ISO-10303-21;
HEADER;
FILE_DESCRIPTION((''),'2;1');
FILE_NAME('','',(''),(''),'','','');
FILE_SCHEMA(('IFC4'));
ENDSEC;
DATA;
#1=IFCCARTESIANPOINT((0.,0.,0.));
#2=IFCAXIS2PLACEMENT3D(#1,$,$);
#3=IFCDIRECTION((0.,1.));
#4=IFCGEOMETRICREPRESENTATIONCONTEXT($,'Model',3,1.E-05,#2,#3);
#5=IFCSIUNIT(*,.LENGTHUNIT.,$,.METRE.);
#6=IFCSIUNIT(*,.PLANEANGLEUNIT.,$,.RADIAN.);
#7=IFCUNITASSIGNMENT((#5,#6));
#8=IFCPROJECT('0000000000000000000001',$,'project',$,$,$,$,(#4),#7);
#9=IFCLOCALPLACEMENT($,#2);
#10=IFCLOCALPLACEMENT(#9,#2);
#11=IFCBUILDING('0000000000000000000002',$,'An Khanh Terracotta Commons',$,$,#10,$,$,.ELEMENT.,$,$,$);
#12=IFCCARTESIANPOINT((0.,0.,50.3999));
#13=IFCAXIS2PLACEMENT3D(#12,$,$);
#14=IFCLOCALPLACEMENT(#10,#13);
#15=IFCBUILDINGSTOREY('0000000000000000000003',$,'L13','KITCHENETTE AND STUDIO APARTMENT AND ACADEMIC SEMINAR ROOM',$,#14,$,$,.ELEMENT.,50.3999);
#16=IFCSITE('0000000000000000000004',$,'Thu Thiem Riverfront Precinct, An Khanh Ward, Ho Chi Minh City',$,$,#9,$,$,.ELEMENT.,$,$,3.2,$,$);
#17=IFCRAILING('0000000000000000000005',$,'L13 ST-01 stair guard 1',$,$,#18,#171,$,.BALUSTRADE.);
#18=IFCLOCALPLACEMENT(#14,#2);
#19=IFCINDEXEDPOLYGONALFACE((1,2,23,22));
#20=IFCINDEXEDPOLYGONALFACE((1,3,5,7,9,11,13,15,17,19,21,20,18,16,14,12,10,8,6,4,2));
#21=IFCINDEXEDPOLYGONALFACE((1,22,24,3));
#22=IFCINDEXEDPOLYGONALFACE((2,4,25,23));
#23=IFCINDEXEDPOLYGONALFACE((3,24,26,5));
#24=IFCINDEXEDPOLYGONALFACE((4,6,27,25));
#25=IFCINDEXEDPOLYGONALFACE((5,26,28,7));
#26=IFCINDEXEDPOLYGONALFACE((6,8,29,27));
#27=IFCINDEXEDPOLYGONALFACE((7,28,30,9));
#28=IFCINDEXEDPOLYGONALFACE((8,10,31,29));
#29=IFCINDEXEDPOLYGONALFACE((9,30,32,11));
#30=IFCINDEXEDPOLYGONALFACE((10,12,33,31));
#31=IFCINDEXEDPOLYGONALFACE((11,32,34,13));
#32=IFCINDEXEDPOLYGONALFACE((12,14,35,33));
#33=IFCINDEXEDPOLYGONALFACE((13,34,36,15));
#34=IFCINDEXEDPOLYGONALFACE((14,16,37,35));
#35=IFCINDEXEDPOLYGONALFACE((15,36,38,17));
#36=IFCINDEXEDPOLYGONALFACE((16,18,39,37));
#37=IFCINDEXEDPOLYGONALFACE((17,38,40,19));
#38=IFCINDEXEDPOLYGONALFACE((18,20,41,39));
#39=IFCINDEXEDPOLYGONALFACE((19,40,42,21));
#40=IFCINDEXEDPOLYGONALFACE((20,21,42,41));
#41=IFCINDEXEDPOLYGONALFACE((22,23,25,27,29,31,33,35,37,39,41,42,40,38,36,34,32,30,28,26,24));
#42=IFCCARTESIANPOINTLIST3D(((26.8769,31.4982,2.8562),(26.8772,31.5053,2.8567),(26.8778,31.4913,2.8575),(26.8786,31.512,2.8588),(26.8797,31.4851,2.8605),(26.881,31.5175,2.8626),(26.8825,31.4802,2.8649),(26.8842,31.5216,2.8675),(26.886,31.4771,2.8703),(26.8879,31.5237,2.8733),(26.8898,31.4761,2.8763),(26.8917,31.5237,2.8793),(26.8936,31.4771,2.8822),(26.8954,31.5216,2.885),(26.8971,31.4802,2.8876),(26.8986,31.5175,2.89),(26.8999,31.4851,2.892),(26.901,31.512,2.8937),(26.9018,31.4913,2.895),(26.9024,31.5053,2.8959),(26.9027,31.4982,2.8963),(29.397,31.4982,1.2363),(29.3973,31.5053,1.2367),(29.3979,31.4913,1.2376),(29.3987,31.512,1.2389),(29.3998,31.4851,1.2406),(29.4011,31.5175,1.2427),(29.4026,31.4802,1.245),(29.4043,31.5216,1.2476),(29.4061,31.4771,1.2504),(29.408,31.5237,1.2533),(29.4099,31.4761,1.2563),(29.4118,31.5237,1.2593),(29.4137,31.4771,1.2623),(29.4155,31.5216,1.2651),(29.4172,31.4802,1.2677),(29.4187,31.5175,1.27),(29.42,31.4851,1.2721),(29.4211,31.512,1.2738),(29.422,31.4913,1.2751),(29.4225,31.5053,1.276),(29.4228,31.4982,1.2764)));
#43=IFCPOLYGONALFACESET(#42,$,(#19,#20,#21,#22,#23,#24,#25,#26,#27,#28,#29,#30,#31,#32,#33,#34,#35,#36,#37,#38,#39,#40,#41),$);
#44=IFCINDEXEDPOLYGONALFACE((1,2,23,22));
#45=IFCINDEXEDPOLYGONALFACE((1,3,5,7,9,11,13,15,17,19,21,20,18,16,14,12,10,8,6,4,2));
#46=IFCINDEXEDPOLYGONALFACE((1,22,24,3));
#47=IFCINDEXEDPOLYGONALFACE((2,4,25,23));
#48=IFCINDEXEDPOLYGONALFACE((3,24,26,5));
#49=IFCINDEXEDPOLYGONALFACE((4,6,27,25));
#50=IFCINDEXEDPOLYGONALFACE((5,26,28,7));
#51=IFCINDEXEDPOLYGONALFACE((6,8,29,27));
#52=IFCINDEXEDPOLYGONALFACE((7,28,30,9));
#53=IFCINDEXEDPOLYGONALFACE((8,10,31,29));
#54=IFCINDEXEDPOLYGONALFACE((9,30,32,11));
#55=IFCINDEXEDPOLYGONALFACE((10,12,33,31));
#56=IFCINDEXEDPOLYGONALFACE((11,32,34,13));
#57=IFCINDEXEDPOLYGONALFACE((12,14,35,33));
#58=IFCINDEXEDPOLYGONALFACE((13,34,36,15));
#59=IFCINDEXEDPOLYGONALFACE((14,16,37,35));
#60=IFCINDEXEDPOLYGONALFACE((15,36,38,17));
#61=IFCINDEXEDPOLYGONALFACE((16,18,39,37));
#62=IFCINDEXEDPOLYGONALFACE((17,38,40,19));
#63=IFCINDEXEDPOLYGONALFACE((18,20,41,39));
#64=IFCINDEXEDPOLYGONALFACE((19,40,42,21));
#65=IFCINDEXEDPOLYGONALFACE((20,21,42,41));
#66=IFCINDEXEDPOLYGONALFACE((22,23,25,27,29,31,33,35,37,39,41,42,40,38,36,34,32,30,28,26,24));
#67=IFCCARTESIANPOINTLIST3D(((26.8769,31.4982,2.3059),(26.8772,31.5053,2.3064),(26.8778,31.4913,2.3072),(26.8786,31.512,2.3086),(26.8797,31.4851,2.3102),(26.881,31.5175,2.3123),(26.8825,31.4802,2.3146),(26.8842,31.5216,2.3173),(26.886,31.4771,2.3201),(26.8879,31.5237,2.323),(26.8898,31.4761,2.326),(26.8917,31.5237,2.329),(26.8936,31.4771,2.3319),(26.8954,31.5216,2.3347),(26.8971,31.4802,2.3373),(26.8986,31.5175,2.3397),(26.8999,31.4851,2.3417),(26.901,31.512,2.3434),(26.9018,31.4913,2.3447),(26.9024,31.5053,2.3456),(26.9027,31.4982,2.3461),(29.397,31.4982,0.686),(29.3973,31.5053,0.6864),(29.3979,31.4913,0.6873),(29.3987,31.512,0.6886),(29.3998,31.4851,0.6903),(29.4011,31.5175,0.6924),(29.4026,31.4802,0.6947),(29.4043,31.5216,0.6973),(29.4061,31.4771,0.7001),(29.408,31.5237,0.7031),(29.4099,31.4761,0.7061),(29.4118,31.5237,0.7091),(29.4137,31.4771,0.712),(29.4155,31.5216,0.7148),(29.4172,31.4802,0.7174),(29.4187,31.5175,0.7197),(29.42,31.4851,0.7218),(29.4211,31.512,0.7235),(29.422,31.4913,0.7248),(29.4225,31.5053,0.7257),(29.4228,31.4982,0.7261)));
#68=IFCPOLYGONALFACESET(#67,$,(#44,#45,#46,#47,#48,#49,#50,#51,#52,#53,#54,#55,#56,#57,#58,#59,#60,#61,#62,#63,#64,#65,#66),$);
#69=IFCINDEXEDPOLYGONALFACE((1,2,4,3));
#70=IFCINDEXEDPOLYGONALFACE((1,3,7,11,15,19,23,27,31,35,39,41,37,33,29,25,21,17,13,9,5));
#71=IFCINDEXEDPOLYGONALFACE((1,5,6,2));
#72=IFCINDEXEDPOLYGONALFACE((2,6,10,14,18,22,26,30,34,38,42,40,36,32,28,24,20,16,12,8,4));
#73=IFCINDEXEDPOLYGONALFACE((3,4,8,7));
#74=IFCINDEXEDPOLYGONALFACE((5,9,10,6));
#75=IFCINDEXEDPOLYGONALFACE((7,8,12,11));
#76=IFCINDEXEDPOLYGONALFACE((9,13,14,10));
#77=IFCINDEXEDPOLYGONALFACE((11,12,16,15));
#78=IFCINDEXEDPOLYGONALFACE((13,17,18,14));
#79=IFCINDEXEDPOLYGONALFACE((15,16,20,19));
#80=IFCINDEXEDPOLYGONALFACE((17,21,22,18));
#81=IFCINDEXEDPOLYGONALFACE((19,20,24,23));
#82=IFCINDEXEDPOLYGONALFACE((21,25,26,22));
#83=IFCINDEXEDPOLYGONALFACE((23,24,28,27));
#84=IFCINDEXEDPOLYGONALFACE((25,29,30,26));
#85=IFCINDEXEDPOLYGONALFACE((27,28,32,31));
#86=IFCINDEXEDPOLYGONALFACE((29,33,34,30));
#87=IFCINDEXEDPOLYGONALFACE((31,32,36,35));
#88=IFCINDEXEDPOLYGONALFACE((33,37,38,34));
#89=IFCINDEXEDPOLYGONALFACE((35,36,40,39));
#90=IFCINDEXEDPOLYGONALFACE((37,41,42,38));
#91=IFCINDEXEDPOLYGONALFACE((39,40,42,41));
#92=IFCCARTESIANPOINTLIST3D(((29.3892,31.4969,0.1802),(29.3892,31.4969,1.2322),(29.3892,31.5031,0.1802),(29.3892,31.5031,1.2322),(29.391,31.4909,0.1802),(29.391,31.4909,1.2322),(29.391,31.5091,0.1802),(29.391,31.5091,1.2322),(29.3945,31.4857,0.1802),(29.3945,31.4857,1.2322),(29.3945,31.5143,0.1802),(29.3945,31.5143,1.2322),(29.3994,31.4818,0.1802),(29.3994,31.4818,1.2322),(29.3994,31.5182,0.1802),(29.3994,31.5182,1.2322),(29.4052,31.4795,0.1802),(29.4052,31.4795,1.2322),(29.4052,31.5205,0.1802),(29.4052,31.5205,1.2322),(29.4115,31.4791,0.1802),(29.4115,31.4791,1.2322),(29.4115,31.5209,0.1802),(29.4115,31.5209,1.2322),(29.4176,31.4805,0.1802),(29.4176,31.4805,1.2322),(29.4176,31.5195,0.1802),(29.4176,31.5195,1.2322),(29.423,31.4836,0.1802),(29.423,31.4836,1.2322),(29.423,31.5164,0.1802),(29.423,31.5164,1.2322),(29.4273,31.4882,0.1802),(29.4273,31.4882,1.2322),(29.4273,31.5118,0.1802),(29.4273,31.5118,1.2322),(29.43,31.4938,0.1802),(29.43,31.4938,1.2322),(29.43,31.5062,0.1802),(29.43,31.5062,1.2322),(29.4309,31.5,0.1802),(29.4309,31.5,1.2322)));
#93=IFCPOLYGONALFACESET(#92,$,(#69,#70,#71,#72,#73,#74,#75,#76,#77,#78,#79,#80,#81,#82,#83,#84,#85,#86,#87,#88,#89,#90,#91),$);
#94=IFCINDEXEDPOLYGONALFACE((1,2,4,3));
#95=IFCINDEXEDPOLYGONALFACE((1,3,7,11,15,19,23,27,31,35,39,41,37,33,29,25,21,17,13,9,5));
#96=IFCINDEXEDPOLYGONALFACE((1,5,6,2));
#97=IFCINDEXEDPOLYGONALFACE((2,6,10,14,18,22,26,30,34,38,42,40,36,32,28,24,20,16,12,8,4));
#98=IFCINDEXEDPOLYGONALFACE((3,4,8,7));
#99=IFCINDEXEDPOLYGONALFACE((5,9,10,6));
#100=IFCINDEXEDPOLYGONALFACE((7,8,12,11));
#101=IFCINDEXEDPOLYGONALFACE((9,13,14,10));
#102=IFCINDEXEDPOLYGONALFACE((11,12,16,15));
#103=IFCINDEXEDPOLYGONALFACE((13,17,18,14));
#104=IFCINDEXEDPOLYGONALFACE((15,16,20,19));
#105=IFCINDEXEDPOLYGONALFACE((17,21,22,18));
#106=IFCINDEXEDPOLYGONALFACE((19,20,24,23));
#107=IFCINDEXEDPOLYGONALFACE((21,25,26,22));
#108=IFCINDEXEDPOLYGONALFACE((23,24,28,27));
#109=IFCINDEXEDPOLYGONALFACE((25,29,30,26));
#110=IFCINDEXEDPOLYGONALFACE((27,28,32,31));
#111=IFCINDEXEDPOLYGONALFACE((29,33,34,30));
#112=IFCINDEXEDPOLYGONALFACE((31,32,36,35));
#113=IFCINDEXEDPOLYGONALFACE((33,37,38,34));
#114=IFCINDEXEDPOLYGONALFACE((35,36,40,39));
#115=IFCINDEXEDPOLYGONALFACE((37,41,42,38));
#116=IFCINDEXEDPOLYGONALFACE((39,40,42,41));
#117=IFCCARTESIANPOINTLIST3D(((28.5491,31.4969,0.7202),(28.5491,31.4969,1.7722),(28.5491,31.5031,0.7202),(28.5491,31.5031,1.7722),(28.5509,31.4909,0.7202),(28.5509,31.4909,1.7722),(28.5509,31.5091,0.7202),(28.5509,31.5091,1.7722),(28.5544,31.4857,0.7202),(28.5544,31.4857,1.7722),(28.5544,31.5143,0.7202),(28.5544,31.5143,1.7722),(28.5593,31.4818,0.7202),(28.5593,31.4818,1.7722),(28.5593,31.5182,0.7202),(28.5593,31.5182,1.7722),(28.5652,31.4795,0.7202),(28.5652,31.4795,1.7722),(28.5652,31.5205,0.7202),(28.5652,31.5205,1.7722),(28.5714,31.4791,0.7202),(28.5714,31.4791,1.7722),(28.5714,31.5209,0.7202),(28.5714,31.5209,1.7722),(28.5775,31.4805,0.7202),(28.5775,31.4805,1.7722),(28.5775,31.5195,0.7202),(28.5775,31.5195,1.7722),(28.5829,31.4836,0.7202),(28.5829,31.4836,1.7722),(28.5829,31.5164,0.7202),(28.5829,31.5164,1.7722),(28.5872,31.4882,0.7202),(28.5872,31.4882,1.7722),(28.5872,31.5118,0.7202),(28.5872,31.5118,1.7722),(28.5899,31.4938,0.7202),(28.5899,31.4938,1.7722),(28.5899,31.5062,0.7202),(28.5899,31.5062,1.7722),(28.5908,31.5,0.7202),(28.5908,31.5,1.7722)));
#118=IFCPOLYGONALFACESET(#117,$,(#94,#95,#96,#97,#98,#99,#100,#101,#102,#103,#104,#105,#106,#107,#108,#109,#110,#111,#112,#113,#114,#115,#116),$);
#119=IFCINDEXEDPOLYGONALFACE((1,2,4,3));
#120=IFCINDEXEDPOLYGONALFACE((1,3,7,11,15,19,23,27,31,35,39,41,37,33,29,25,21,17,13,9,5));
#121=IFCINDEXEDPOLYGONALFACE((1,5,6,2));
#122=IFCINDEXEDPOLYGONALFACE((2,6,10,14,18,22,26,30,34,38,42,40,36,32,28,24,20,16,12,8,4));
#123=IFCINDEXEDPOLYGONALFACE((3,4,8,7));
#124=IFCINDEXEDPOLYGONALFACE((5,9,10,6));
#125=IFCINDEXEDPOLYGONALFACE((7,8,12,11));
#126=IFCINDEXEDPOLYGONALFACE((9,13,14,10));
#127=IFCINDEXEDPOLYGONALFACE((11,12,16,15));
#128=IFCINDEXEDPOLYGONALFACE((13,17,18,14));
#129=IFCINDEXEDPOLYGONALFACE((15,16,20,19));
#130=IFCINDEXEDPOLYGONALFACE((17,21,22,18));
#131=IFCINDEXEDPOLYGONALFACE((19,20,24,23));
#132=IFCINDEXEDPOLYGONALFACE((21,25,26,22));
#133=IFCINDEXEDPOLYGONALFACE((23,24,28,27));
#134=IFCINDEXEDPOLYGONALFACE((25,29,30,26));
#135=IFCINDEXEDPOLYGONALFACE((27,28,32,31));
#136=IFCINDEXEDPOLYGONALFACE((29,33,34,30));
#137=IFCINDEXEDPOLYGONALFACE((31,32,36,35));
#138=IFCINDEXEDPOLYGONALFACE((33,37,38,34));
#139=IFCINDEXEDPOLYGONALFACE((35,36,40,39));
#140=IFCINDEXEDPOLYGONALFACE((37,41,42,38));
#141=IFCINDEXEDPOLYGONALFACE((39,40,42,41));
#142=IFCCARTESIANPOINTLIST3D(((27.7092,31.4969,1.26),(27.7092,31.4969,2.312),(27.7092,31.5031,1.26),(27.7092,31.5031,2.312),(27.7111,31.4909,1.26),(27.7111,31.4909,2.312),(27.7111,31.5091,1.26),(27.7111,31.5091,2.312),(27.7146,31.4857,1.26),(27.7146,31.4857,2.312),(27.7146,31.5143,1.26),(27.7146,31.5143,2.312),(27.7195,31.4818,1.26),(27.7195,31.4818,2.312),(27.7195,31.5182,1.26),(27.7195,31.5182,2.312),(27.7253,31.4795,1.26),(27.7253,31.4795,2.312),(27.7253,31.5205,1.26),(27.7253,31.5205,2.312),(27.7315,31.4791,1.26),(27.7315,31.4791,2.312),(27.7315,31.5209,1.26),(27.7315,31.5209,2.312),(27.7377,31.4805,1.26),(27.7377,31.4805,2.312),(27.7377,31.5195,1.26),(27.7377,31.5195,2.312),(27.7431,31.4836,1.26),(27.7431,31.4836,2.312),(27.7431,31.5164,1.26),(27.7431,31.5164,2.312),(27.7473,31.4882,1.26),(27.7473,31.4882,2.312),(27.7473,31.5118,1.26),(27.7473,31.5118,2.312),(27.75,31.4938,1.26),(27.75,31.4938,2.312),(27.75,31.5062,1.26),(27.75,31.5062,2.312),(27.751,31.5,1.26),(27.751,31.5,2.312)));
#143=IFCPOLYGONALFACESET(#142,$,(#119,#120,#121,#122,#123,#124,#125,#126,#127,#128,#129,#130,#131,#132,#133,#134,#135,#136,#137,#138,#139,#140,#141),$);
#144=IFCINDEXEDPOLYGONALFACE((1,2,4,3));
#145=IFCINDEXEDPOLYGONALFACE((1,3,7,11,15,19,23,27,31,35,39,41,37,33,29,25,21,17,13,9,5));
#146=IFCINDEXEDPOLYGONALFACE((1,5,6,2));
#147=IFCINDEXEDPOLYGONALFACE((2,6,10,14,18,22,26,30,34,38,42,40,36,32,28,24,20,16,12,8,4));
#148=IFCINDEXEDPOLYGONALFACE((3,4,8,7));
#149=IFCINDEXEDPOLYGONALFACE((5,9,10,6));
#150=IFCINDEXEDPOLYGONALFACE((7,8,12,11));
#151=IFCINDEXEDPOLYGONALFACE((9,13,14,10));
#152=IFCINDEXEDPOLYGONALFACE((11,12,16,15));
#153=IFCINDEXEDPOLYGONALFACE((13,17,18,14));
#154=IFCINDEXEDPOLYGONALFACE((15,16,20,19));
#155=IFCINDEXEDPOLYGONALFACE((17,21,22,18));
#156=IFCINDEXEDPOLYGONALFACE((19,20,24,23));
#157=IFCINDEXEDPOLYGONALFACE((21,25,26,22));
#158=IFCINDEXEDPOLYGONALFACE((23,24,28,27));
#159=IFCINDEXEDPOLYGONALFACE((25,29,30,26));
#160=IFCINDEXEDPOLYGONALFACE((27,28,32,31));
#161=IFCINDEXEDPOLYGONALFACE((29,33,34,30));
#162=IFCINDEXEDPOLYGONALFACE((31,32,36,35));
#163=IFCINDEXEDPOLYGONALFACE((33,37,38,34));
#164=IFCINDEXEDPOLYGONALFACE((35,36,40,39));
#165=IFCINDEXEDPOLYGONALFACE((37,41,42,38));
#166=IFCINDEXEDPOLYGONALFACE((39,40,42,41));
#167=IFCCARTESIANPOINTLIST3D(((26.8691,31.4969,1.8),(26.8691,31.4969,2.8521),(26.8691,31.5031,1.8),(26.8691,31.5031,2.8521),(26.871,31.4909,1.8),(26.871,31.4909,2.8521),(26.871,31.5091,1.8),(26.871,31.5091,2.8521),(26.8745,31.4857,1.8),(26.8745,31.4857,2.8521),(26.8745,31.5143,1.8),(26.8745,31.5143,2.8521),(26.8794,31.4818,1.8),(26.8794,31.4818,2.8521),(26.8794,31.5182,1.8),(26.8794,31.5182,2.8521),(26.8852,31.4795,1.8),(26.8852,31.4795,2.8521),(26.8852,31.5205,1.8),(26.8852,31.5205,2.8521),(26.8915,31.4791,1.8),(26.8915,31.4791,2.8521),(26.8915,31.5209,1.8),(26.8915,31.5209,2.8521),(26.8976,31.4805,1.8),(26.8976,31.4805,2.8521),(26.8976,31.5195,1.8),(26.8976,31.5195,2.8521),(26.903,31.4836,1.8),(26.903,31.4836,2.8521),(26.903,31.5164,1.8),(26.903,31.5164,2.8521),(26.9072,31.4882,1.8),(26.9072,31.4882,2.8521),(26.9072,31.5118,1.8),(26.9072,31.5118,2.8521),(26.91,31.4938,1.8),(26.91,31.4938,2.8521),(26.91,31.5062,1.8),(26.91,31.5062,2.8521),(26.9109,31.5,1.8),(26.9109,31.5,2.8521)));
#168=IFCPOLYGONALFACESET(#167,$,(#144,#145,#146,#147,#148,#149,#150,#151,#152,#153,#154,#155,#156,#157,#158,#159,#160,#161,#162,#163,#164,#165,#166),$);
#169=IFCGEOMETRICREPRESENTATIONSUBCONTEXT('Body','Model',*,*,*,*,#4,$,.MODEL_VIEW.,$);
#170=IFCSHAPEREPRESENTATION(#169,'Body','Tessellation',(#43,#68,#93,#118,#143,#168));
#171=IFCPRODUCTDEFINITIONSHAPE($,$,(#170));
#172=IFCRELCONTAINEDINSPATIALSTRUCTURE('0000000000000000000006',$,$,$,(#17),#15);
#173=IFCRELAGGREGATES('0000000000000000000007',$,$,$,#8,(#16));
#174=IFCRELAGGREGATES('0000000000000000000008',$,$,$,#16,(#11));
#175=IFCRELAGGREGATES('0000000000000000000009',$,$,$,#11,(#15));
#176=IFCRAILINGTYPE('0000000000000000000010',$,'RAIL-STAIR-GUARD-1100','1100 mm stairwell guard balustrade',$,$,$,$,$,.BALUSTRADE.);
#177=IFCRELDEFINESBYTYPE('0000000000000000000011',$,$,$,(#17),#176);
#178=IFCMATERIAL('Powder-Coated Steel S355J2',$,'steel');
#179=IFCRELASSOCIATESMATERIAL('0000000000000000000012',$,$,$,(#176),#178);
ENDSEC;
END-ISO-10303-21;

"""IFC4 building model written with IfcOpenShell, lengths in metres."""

from ifc_helpers import new_model, si_unit, direction, frame, origin, origin_2d, place, context, subcontext, project, spatial, circle, extrude, material, type_object, element, save


model = new_model("IFC4")

# Units and contexts
model_context = context("Model", 3, precision=1e-05, world=origin(), true_north=direction((0.0, 1.0)))
body_context = subcontext(model_context, "Body", "Model", "MODEL_VIEW")
ifc_project = project(units=[si_unit("LENGTHUNIT", "METRE"), si_unit("PLANEANGLEUNIT", "RADIAN")], contexts=[model_context])

# Site, building, storey
site_placement = place(None, origin())
site = spatial("IfcSite", under=ifc_project, at=site_placement, Name="Thu Thiem Riverfront Precinct, An Khanh Ward, Ho Chi Minh City", CompositionType="ELEMENT", RefElevation=3.2)
building_placement = place(site_placement, origin())
building = spatial("IfcBuilding", under=site, at=building_placement, Name="An Khanh Terracotta Commons", CompositionType="ELEMENT")
storey_placement = place(building_placement, frame((0.0, 0.0, 50.3999)))
storey = spatial("IfcBuildingStorey", under=building, at=storey_placement, Name="L13", Description="KITCHENETTE AND STUDIO APARTMENT AND ACADEMIC SEMINAR ROOM", CompositionType="ELEMENT", Elevation=50.3999)

# Railing
ifc_material_1 = material(Name="Powder-Coated Steel S355J2", Category="steel")
railing_type_1 = type_object("IfcRailingType", Name="RAIL-STAIR-GUARD-1100", Description="1100 mm stairwell guard balustrade", PredefinedType="BALUSTRADE", material=ifc_material_1)
railing_1_placement = place(storey_placement, frame((29.4099, 31.5, 0.1802)))
element("IfcRailing", 1, at=railing_1_placement, inside=storey, type_object=railing_type_1, Name="L13 ST-01 stair guard 1", PredefinedType="BALUSTRADE", context=body_context, shape_type="SweptSolid", body=[
    extrude(circle(Radius=0.0239, at=origin_2d()), frame((0.0, 0.0, 1.0762), z_axis=(-0.8412, 0.0, 0.540725), x_axis=(0.0, -1.0, 0.0)), (0.0, 0.0, 1.0), 2.9958),
    extrude(circle(Radius=0.0239, at=origin_2d()), frame((0.0, 0.0, 0.5259), z_axis=(-0.8412, 0.0, 0.540725), x_axis=(0.0, -1.0, 0.0)), (0.0, 0.0, 1.0), 2.9958),
    extrude(circle(Radius=0.021, at=origin_2d()), origin(), (0.0, 0.0, 1.0), 1.052),
    extrude(circle(Radius=0.021, at=origin_2d()), frame((-0.8401, 0.0, 0.54)), (0.0, 0.0, 1.0), 1.052),
    extrude(circle(Radius=0.021, at=origin_2d()), frame((-1.6799, 0.0, 1.0798)), (0.0, 0.0, 1.0), 1.052),
    extrude(circle(Radius=0.021, at=origin_2d()), frame((-2.52, 0.0, 1.6199)), (0.0, 0.0, 1.0), 1.052),
])

save(model, "model.ifc")
